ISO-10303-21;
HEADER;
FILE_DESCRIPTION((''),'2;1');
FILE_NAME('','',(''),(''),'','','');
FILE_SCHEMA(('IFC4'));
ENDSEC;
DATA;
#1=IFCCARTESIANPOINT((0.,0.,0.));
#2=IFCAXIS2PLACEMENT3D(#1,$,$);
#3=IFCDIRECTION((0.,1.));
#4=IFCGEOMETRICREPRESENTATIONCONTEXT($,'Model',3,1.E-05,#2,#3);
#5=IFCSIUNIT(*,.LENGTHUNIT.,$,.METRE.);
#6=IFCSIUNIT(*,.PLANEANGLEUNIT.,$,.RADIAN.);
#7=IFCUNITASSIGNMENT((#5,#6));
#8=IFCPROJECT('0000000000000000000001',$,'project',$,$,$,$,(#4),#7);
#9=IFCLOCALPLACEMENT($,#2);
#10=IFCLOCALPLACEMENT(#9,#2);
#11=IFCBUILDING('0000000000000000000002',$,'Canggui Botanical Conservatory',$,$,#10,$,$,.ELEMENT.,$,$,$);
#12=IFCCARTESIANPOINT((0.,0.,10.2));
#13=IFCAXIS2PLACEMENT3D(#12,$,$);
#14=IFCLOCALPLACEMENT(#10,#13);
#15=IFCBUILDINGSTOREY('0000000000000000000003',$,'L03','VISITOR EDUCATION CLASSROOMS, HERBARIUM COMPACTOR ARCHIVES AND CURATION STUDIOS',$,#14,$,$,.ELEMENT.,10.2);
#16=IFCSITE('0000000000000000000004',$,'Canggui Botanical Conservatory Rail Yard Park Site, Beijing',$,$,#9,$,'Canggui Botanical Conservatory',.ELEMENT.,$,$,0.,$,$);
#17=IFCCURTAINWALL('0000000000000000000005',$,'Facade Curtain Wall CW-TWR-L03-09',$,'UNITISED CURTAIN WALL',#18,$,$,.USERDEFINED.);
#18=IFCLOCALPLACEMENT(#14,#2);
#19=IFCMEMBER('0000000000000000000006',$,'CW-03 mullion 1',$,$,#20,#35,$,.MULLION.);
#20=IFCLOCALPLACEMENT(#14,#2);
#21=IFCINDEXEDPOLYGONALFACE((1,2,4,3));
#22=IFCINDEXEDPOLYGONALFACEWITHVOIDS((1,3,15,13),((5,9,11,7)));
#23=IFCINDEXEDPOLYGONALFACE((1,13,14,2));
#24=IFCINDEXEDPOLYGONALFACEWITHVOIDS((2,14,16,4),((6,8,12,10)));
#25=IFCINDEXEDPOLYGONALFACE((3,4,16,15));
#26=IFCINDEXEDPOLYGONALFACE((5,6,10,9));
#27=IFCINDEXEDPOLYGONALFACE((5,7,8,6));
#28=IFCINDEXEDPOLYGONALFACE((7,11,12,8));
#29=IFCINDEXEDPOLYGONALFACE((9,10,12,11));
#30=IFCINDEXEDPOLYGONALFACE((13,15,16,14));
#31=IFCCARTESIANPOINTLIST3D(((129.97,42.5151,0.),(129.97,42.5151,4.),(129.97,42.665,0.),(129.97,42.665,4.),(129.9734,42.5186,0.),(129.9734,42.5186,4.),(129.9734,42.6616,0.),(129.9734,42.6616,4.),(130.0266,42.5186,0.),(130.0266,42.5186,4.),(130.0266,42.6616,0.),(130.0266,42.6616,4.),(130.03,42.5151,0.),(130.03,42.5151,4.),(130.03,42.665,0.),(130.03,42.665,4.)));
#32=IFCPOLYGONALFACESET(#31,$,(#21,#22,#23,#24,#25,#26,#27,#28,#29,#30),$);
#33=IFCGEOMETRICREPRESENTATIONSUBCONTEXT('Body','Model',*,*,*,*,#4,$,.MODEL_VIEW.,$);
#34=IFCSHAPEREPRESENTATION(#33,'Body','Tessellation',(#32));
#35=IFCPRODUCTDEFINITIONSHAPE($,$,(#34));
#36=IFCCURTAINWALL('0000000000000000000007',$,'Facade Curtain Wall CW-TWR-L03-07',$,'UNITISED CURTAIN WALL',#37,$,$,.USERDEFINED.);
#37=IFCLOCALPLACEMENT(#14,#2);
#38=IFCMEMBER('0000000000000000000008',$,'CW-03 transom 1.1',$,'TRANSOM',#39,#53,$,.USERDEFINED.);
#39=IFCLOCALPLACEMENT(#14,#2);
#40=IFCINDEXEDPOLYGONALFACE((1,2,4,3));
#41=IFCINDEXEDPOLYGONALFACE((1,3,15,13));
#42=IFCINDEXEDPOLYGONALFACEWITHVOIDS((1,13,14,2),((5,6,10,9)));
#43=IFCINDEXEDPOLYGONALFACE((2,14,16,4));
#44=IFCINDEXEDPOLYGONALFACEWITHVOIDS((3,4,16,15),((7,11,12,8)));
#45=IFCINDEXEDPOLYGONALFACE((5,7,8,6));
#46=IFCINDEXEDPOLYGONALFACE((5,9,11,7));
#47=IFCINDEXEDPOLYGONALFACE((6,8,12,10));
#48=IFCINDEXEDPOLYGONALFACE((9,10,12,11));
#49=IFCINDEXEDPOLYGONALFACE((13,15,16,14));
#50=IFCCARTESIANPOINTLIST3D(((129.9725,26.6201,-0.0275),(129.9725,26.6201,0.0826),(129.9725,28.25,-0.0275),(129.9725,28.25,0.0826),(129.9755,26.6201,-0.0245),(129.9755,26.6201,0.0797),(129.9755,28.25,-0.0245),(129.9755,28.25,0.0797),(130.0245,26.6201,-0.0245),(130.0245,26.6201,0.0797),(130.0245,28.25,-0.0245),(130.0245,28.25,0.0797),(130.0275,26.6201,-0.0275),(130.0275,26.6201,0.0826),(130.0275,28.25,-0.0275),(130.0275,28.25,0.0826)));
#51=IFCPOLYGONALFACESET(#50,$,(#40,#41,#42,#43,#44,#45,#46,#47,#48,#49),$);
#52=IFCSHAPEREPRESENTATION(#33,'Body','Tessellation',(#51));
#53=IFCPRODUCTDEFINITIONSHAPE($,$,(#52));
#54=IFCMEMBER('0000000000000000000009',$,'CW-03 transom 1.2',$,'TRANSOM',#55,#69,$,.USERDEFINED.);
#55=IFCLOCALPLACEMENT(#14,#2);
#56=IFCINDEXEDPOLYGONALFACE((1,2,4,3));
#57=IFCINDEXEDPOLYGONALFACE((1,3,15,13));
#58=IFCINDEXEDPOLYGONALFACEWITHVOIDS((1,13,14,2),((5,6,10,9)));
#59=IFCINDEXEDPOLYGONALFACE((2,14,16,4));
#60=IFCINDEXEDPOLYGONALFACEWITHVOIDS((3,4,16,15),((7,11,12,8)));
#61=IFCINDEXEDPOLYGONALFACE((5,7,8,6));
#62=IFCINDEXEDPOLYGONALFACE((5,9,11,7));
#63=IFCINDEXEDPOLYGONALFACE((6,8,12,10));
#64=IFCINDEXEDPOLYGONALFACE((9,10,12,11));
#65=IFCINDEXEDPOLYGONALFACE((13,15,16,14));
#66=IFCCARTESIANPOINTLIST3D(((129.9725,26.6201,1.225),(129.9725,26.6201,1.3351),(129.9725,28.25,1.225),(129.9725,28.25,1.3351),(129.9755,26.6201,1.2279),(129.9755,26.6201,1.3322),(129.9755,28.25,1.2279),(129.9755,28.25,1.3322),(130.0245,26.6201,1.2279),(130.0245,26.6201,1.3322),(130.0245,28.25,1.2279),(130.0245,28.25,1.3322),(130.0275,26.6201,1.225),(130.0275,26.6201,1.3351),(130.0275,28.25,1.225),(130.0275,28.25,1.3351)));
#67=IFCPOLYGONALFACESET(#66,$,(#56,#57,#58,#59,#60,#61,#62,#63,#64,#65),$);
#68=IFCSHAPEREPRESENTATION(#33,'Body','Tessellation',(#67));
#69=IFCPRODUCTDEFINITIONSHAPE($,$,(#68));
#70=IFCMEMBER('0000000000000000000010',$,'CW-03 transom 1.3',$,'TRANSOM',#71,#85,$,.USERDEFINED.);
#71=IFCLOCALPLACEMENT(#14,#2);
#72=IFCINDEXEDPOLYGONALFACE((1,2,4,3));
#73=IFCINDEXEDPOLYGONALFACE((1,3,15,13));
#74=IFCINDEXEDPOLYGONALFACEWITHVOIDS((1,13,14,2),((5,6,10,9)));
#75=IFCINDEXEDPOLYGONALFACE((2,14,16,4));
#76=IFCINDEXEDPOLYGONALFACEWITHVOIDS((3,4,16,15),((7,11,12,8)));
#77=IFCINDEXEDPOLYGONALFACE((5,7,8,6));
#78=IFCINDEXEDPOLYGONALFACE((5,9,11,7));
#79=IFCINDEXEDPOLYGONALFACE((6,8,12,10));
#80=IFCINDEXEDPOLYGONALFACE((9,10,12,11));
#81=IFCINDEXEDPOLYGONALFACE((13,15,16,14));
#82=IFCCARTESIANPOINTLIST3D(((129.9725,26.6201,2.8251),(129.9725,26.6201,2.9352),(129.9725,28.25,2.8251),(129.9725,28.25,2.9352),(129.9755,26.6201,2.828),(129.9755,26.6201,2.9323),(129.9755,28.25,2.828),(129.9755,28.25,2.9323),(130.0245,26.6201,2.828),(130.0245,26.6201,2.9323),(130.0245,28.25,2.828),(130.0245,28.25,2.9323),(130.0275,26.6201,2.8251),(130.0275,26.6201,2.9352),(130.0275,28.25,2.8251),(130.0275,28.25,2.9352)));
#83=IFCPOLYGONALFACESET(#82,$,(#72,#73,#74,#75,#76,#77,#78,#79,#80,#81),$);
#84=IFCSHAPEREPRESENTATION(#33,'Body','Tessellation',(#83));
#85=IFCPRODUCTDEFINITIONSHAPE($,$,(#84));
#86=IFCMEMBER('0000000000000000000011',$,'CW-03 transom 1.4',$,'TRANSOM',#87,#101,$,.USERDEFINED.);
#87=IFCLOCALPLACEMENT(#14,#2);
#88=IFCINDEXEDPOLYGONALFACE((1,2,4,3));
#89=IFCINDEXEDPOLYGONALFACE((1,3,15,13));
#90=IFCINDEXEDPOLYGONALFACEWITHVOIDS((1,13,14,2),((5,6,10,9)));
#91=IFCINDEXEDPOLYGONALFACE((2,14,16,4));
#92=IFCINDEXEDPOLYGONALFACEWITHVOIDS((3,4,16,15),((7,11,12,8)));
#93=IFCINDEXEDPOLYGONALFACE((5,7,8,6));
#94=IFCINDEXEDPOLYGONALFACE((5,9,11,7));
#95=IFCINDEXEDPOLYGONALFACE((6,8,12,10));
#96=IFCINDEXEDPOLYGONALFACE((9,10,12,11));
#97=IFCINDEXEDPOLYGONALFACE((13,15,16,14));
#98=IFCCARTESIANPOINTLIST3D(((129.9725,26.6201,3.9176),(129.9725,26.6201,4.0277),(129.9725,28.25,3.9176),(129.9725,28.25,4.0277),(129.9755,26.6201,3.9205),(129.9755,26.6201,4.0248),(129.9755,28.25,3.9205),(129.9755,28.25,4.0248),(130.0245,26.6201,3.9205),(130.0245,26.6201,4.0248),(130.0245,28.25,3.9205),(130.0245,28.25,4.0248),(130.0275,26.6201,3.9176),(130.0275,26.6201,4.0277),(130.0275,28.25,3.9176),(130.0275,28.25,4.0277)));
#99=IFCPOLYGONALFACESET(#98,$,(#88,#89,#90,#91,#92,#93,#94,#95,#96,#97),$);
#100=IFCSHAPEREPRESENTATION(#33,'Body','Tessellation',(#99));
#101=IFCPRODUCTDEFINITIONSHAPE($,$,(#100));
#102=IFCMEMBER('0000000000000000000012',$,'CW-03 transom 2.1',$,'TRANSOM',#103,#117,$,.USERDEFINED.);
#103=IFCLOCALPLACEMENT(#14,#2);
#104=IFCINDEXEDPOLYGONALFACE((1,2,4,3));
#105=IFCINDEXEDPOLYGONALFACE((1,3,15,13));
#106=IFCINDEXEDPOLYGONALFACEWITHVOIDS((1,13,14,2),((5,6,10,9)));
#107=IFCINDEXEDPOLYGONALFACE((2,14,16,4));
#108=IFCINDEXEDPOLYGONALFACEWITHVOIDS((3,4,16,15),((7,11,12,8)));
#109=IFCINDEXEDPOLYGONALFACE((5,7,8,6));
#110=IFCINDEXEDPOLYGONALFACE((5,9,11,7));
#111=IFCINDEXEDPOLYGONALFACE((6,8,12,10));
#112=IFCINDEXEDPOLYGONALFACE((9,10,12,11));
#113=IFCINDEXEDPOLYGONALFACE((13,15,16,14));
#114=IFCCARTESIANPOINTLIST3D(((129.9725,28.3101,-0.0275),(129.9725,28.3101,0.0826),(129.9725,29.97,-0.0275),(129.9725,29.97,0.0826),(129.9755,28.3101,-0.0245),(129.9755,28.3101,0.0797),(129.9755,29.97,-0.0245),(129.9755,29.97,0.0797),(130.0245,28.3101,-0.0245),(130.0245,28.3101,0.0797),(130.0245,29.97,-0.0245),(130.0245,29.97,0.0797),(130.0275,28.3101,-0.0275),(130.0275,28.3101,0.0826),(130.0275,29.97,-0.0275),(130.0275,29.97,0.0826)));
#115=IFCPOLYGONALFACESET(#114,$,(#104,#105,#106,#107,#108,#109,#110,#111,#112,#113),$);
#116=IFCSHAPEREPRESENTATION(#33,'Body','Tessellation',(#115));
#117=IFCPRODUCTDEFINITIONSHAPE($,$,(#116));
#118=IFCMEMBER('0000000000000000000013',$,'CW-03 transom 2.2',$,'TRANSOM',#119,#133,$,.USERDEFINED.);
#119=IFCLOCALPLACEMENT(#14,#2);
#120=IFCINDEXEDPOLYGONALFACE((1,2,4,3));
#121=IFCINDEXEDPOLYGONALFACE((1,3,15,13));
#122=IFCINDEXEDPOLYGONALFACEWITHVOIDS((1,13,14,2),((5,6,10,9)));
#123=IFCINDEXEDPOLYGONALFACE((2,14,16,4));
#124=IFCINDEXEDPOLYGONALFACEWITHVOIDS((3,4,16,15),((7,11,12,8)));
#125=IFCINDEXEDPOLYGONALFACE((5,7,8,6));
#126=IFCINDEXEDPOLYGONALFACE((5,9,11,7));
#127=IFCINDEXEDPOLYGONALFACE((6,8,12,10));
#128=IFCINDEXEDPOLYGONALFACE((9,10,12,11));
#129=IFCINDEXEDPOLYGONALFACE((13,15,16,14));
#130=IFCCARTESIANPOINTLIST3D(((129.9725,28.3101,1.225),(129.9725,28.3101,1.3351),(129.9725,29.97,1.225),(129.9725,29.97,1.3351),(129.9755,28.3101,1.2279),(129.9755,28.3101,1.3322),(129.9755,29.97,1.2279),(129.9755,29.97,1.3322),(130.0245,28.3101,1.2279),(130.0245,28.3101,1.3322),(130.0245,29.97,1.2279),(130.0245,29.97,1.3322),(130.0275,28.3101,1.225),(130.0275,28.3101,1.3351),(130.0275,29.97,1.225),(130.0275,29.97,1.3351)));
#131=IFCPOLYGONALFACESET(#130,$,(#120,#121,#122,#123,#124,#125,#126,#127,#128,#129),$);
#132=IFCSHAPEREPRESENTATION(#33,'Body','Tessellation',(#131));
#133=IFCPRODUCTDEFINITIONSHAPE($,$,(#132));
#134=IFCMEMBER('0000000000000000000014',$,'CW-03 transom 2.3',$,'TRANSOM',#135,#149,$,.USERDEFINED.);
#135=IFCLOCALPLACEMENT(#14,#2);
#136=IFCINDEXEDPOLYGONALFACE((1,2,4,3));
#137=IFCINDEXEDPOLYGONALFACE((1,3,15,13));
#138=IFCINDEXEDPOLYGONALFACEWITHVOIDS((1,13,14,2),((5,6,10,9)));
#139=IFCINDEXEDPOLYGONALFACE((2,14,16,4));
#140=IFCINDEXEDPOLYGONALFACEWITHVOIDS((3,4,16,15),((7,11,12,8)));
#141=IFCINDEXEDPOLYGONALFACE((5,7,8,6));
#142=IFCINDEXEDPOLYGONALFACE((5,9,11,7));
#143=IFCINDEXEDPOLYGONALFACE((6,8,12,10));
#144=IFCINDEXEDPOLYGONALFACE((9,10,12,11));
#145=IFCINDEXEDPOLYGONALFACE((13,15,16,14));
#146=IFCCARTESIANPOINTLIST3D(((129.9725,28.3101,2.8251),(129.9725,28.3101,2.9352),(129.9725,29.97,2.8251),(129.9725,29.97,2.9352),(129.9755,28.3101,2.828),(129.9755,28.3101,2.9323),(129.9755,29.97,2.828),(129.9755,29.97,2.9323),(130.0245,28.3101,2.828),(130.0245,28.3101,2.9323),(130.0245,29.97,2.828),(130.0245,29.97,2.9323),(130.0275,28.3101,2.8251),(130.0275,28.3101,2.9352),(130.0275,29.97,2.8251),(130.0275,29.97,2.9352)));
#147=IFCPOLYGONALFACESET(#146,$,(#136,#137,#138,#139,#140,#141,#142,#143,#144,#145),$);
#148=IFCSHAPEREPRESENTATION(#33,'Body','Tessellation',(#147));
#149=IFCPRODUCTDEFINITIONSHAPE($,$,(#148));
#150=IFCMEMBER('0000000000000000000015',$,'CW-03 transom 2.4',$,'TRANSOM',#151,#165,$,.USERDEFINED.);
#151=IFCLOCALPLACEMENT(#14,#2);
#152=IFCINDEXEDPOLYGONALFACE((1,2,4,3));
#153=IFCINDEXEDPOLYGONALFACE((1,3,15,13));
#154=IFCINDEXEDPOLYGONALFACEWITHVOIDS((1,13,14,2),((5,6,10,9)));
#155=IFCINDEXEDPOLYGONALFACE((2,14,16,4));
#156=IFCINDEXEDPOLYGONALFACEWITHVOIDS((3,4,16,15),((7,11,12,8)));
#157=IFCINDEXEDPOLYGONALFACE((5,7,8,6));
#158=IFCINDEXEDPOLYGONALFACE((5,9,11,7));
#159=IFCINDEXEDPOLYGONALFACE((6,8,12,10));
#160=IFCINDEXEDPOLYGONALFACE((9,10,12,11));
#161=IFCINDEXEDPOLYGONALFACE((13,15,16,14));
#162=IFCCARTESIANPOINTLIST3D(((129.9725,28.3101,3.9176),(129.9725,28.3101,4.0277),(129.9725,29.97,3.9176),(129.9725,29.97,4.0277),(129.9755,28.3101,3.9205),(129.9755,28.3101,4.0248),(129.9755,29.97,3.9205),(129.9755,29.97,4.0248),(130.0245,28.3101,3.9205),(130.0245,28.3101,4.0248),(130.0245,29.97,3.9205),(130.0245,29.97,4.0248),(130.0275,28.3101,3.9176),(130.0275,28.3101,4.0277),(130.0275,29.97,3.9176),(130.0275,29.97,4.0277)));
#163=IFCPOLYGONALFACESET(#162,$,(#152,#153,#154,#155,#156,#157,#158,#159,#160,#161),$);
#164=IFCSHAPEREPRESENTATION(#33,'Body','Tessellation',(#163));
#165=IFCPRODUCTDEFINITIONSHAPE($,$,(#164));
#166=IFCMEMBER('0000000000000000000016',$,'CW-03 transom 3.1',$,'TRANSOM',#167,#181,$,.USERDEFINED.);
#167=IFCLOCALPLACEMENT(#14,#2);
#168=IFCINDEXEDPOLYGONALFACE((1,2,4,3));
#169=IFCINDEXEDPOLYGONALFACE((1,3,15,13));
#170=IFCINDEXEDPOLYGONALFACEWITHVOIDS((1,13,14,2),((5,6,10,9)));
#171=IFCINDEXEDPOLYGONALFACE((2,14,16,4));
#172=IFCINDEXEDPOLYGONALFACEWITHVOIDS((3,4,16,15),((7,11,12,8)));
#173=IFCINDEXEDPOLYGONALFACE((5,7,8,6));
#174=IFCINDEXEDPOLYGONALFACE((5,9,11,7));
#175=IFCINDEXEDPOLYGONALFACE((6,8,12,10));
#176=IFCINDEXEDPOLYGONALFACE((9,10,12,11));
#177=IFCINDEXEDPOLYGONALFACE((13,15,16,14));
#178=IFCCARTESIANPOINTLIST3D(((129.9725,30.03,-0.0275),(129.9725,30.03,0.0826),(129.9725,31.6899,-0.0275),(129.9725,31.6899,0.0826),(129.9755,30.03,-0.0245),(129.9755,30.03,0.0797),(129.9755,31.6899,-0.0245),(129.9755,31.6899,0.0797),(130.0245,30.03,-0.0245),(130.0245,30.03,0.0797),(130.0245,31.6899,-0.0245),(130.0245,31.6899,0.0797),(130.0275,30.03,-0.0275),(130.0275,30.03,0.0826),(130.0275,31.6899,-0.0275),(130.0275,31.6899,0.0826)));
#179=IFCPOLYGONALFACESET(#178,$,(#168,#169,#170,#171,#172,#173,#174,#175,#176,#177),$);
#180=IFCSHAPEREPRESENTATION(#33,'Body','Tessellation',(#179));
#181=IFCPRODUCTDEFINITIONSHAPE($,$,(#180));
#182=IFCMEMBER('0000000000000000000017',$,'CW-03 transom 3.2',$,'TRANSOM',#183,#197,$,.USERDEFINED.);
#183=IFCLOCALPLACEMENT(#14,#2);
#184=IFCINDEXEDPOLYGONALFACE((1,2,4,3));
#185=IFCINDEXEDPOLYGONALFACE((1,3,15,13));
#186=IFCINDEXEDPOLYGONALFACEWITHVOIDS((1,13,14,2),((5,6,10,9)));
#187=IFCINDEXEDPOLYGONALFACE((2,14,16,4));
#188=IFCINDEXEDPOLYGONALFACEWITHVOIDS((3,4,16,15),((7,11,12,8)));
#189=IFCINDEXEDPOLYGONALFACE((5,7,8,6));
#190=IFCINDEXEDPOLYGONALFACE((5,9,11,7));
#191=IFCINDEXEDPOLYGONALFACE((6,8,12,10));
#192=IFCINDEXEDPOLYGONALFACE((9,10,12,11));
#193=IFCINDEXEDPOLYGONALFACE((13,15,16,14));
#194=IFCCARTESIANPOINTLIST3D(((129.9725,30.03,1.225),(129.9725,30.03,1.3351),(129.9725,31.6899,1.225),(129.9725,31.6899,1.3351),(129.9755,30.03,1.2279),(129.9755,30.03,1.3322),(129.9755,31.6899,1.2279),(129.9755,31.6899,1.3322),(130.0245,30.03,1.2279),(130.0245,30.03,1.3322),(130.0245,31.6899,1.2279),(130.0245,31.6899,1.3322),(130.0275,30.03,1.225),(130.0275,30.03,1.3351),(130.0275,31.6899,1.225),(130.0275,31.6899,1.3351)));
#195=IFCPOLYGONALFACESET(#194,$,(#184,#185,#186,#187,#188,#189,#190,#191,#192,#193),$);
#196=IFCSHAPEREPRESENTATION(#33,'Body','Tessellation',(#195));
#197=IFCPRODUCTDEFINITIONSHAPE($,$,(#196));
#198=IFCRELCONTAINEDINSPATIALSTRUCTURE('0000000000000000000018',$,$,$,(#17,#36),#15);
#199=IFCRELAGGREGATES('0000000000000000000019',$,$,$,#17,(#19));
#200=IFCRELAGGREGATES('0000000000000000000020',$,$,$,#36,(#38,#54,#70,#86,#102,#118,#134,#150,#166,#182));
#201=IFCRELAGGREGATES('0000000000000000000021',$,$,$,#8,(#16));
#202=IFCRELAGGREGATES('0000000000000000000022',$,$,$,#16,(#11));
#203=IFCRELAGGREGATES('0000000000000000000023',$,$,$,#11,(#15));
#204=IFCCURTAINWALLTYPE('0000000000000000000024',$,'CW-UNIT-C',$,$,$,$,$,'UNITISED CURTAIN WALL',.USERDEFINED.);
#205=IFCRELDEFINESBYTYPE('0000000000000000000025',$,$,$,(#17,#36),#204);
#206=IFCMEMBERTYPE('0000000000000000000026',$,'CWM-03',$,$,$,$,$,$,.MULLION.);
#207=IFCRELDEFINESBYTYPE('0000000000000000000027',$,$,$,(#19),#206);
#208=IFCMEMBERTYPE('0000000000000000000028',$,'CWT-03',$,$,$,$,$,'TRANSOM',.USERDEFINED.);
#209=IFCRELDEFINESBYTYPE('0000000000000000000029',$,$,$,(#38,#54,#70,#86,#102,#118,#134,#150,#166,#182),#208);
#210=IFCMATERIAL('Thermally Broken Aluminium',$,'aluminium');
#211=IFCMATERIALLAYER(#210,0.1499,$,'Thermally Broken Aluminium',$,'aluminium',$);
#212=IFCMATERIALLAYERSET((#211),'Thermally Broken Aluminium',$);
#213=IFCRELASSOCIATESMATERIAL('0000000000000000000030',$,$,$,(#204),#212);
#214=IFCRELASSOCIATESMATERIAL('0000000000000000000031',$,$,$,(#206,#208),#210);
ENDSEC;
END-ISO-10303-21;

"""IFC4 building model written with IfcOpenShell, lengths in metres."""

from ifc_helpers import new_model, si_unit, direction, frame, origin, origin_2d, place, context, subcontext, project, spatial, hollow_rectangle, extrude, material, layer, layer_set, material_profile, profile_set, type_object, element, aggregate, save


model = new_model("IFC4")

# Units and contexts
model_context = context("Model", 3, precision=1e-05, world=origin(), true_north=direction((0.0, 1.0)))
body_context = subcontext(model_context, "Body", "Model", "MODEL_VIEW")
ifc_project = project(units=[si_unit("LENGTHUNIT", "METRE"), si_unit("PLANEANGLEUNIT", "RADIAN")], contexts=[model_context])

# Site, building, storey
site_placement = place(None, origin())
site = spatial("IfcSite", under=ifc_project, at=site_placement, Name="Canggui Botanical Conservatory Rail Yard Park Site, Beijing", LongName="Canggui Botanical Conservatory", CompositionType="ELEMENT", RefElevation=0.0)
building_placement = place(site_placement, origin())
building = spatial("IfcBuilding", under=site, at=building_placement, Name="Canggui Botanical Conservatory", CompositionType="ELEMENT")
storey_placement = place(building_placement, frame((0.0, 0.0, 10.2)))
storey = spatial("IfcBuildingStorey", under=building, at=storey_placement, Name="L03", Description="VISITOR EDUCATION CLASSROOMS, HERBARIUM COMPACTOR ARCHIVES AND CURATION STUDIOS", CompositionType="ELEMENT", Elevation=10.2)

# Curtain wall, member
ifc_material_1 = material(Name="Thermally Broken Aluminium", Category="aluminium")
ifc_layer_1 = layer(ifc_material_1, 0.1499, Name="Thermally Broken Aluminium", Category="aluminium")
ifc_layer_set_1 = layer_set([ifc_layer_1], Name="Thermally Broken Aluminium")
curtain_wall_type = type_object("IfcCurtainWallType", Name="CW-UNIT-C", ElementType="UNITISED CURTAIN WALL", PredefinedType="USERDEFINED", material=ifc_layer_set_1)
curtain_wall_1_placement = place(storey_placement, origin())
curtain_wall_1 = element("IfcCurtainWall", 1, at=curtain_wall_1_placement, inside=storey, type_object=curtain_wall_type, Name="Facade Curtain Wall CW-TWR-L03-09", ObjectType="UNITISED CURTAIN WALL", PredefinedType="USERDEFINED")
ifc_material_profile_1 = material_profile(ifc_material_1, hollow_rectangle(XDim=0.0601, YDim=0.1499, WallThickness=0.0034, at=origin_2d()), Name="CWM 60x150x3.5")
ifc_profile_set_1 = profile_set([ifc_material_profile_1], Name="Thermally Broken Aluminium")
member_type_1 = type_object("IfcMemberType", Name="CWM-03", PredefinedType="MULLION", material=ifc_profile_set_1)
member_1_placement = place(storey_placement, frame((130.0, 42.5901, 0.0), z_axis=(0.0, 0.0, 1.0), x_axis=(-1.0, 0.0, 0.0)))
member_1 = element("IfcMember", 2, at=member_1_placement, type_object=member_type_1, Name="CW-03 mullion 1", PredefinedType="MULLION", context=body_context, shape_type="SweptSolid", body=[
    extrude(hollow_rectangle(XDim=0.0601, YDim=0.1499, WallThickness=0.0034, at=origin_2d()), origin(), (0.0, 0.0, 1.0), 4.0),
])

# Curtain wall, members
curtain_wall_2_placement = place(storey_placement, origin())
curtain_wall_2 = element("IfcCurtainWall", 3, at=curtain_wall_2_placement, inside=storey, type_object=curtain_wall_type, Name="Facade Curtain Wall CW-TWR-L03-07", ObjectType="UNITISED CURTAIN WALL", PredefinedType="USERDEFINED")
ifc_material_profile_2 = material_profile(ifc_material_1, hollow_rectangle(XDim=0.0549, YDim=0.1101, WallThickness=0.0029, at=origin_2d()), Name="CWT 55x110x3")
ifc_profile_set_2 = profile_set([ifc_material_profile_2], Name="Thermally Broken Aluminium")
member_type_2 = type_object("IfcMemberType", Name="CWT-03", ElementType="TRANSOM", PredefinedType="USERDEFINED", material=ifc_profile_set_2)
member_2_placement = place(storey_placement, frame((130.0, 26.6201, 0.0276), z_axis=(0.0, 1.0, 0.0), x_axis=(-1.0, 0.0, 0.0)))
member_2 = element("IfcMember", 4, at=member_2_placement, type_object=member_type_2, Name="CW-03 transom 1.1", ObjectType="TRANSOM", PredefinedType="USERDEFINED", context=body_context, shape_type="SweptSolid", body=[
    extrude(hollow_rectangle(XDim=0.0549, YDim=0.1101, WallThickness=0.0029, at=origin_2d()), origin(), (0.0, 0.0, 1.0), 1.6299),
])
member_3_placement = place(storey_placement, frame((130.0, 26.6201, 1.28), z_axis=(0.0, 1.0, 0.0), x_axis=(-1.0, 0.0, 0.0)))
member_3 = element("IfcMember", 5, at=member_3_placement, type_object=member_type_2, Name="CW-03 transom 1.2", ObjectType="TRANSOM", PredefinedType="USERDEFINED", context=body_context, shape_type="SweptSolid", body=[
    extrude(hollow_rectangle(XDim=0.0549, YDim=0.1101, WallThickness=0.0029, at=origin_2d()), origin(), (0.0, 0.0, 1.0), 1.6299),
])
member_4_placement = place(storey_placement, frame((130.0, 26.6201, 2.8801), z_axis=(0.0, 1.0, 0.0), x_axis=(-1.0, 0.0, 0.0)))
member_4 = element("IfcMember", 6, at=member_4_placement, type_object=member_type_2, Name="CW-03 transom 1.3", ObjectType="TRANSOM", PredefinedType="USERDEFINED", context=body_context, shape_type="SweptSolid", body=[
    extrude(hollow_rectangle(XDim=0.0549, YDim=0.1101, WallThickness=0.0029, at=origin_2d()), origin(), (0.0, 0.0, 1.0), 1.6299),
])
member_5_placement = place(storey_placement, frame((130.0, 26.6201, 3.9727), z_axis=(0.0, 1.0, 0.0), x_axis=(-1.0, 0.0, 0.0)))
member_5 = element("IfcMember", 7, at=member_5_placement, type_object=member_type_2, Name="CW-03 transom 1.4", ObjectType="TRANSOM", PredefinedType="USERDEFINED", context=body_context, shape_type="SweptSolid", body=[
    extrude(hollow_rectangle(XDim=0.0549, YDim=0.1101, WallThickness=0.0029, at=origin_2d()), origin(), (0.0, 0.0, 1.0), 1.6299),
])
member_6_placement = place(storey_placement, frame((130.0, 28.3101, 0.0276), z_axis=(0.0, 1.0, 0.0), x_axis=(-1.0, 0.0, 0.0)))
member_6 = element("IfcMember", 8, at=member_6_placement, type_object=member_type_2, Name="CW-03 transom 2.1", ObjectType="TRANSOM", PredefinedType="USERDEFINED", context=body_context, shape_type="SweptSolid", body=[
    extrude(hollow_rectangle(XDim=0.0549, YDim=0.1101, WallThickness=0.0029, at=origin_2d()), origin(), (0.0, 0.0, 1.0), 1.6599),
])
member_7_placement = place(storey_placement, frame((130.0, 28.3101, 1.28), z_axis=(0.0, 1.0, 0.0), x_axis=(-1.0, 0.0, 0.0)))
member_7 = element("IfcMember", 9, at=member_7_placement, type_object=member_type_2, Name="CW-03 transom 2.2", ObjectType="TRANSOM", PredefinedType="USERDEFINED", context=body_context, shape_type="SweptSolid", body=[
    extrude(hollow_rectangle(XDim=0.0549, YDim=0.1101, WallThickness=0.0029, at=origin_2d()), origin(), (0.0, 0.0, 1.0), 1.6599),
])
member_8_placement = place(storey_placement, frame((130.0, 28.3101, 2.8801), z_axis=(0.0, 1.0, 0.0), x_axis=(-1.0, 0.0, 0.0)))
member_8 = element("IfcMember", 10, at=member_8_placement, type_object=member_type_2, Name="CW-03 transom 2.3", ObjectType="TRANSOM", PredefinedType="USERDEFINED", context=body_context, shape_type="SweptSolid", body=[
    extrude(hollow_rectangle(XDim=0.0549, YDim=0.1101, WallThickness=0.0029, at=origin_2d()), origin(), (0.0, 0.0, 1.0), 1.6599),
])
member_9_placement = place(storey_placement, frame((130.0, 28.3101, 3.9727), z_axis=(0.0, 1.0, 0.0), x_axis=(-1.0, 0.0, 0.0)))
member_9 = element("IfcMember", 11, at=member_9_placement, type_object=member_type_2, Name="CW-03 transom 2.4", ObjectType="TRANSOM", PredefinedType="USERDEFINED", context=body_context, shape_type="SweptSolid", body=[
    extrude(hollow_rectangle(XDim=0.0549, YDim=0.1101, WallThickness=0.0029, at=origin_2d()), origin(), (0.0, 0.0, 1.0), 1.6599),
])
member_10_placement = place(storey_placement, frame((130.0, 30.03, 0.0276), z_axis=(0.0, 1.0, 0.0), x_axis=(-1.0, 0.0, 0.0)))
member_10 = element("IfcMember", 12, at=member_10_placement, type_object=member_type_2, Name="CW-03 transom 3.1", ObjectType="TRANSOM", PredefinedType="USERDEFINED", context=body_context, shape_type="SweptSolid", body=[
    extrude(hollow_rectangle(XDim=0.0549, YDim=0.1101, WallThickness=0.0029, at=origin_2d()), origin(), (0.0, 0.0, 1.0), 1.6599),
])
member_11_placement = place(storey_placement, frame((130.0, 30.03, 1.28), z_axis=(0.0, 1.0, 0.0), x_axis=(-1.0, 0.0, 0.0)))
member_11 = element("IfcMember", 13, at=member_11_placement, type_object=member_type_2, Name="CW-03 transom 3.2", ObjectType="TRANSOM", PredefinedType="USERDEFINED", context=body_context, shape_type="SweptSolid", body=[
    extrude(hollow_rectangle(XDim=0.0549, YDim=0.1101, WallThickness=0.0029, at=origin_2d()), origin(), (0.0, 0.0, 1.0), 1.6599),
])

aggregate(curtain_wall_1, [member_1])

aggregate(curtain_wall_2, [member_2, member_3, member_4, member_5, member_6, member_7, member_8, member_9, member_10, member_11])

save(model, "model.ifc")
